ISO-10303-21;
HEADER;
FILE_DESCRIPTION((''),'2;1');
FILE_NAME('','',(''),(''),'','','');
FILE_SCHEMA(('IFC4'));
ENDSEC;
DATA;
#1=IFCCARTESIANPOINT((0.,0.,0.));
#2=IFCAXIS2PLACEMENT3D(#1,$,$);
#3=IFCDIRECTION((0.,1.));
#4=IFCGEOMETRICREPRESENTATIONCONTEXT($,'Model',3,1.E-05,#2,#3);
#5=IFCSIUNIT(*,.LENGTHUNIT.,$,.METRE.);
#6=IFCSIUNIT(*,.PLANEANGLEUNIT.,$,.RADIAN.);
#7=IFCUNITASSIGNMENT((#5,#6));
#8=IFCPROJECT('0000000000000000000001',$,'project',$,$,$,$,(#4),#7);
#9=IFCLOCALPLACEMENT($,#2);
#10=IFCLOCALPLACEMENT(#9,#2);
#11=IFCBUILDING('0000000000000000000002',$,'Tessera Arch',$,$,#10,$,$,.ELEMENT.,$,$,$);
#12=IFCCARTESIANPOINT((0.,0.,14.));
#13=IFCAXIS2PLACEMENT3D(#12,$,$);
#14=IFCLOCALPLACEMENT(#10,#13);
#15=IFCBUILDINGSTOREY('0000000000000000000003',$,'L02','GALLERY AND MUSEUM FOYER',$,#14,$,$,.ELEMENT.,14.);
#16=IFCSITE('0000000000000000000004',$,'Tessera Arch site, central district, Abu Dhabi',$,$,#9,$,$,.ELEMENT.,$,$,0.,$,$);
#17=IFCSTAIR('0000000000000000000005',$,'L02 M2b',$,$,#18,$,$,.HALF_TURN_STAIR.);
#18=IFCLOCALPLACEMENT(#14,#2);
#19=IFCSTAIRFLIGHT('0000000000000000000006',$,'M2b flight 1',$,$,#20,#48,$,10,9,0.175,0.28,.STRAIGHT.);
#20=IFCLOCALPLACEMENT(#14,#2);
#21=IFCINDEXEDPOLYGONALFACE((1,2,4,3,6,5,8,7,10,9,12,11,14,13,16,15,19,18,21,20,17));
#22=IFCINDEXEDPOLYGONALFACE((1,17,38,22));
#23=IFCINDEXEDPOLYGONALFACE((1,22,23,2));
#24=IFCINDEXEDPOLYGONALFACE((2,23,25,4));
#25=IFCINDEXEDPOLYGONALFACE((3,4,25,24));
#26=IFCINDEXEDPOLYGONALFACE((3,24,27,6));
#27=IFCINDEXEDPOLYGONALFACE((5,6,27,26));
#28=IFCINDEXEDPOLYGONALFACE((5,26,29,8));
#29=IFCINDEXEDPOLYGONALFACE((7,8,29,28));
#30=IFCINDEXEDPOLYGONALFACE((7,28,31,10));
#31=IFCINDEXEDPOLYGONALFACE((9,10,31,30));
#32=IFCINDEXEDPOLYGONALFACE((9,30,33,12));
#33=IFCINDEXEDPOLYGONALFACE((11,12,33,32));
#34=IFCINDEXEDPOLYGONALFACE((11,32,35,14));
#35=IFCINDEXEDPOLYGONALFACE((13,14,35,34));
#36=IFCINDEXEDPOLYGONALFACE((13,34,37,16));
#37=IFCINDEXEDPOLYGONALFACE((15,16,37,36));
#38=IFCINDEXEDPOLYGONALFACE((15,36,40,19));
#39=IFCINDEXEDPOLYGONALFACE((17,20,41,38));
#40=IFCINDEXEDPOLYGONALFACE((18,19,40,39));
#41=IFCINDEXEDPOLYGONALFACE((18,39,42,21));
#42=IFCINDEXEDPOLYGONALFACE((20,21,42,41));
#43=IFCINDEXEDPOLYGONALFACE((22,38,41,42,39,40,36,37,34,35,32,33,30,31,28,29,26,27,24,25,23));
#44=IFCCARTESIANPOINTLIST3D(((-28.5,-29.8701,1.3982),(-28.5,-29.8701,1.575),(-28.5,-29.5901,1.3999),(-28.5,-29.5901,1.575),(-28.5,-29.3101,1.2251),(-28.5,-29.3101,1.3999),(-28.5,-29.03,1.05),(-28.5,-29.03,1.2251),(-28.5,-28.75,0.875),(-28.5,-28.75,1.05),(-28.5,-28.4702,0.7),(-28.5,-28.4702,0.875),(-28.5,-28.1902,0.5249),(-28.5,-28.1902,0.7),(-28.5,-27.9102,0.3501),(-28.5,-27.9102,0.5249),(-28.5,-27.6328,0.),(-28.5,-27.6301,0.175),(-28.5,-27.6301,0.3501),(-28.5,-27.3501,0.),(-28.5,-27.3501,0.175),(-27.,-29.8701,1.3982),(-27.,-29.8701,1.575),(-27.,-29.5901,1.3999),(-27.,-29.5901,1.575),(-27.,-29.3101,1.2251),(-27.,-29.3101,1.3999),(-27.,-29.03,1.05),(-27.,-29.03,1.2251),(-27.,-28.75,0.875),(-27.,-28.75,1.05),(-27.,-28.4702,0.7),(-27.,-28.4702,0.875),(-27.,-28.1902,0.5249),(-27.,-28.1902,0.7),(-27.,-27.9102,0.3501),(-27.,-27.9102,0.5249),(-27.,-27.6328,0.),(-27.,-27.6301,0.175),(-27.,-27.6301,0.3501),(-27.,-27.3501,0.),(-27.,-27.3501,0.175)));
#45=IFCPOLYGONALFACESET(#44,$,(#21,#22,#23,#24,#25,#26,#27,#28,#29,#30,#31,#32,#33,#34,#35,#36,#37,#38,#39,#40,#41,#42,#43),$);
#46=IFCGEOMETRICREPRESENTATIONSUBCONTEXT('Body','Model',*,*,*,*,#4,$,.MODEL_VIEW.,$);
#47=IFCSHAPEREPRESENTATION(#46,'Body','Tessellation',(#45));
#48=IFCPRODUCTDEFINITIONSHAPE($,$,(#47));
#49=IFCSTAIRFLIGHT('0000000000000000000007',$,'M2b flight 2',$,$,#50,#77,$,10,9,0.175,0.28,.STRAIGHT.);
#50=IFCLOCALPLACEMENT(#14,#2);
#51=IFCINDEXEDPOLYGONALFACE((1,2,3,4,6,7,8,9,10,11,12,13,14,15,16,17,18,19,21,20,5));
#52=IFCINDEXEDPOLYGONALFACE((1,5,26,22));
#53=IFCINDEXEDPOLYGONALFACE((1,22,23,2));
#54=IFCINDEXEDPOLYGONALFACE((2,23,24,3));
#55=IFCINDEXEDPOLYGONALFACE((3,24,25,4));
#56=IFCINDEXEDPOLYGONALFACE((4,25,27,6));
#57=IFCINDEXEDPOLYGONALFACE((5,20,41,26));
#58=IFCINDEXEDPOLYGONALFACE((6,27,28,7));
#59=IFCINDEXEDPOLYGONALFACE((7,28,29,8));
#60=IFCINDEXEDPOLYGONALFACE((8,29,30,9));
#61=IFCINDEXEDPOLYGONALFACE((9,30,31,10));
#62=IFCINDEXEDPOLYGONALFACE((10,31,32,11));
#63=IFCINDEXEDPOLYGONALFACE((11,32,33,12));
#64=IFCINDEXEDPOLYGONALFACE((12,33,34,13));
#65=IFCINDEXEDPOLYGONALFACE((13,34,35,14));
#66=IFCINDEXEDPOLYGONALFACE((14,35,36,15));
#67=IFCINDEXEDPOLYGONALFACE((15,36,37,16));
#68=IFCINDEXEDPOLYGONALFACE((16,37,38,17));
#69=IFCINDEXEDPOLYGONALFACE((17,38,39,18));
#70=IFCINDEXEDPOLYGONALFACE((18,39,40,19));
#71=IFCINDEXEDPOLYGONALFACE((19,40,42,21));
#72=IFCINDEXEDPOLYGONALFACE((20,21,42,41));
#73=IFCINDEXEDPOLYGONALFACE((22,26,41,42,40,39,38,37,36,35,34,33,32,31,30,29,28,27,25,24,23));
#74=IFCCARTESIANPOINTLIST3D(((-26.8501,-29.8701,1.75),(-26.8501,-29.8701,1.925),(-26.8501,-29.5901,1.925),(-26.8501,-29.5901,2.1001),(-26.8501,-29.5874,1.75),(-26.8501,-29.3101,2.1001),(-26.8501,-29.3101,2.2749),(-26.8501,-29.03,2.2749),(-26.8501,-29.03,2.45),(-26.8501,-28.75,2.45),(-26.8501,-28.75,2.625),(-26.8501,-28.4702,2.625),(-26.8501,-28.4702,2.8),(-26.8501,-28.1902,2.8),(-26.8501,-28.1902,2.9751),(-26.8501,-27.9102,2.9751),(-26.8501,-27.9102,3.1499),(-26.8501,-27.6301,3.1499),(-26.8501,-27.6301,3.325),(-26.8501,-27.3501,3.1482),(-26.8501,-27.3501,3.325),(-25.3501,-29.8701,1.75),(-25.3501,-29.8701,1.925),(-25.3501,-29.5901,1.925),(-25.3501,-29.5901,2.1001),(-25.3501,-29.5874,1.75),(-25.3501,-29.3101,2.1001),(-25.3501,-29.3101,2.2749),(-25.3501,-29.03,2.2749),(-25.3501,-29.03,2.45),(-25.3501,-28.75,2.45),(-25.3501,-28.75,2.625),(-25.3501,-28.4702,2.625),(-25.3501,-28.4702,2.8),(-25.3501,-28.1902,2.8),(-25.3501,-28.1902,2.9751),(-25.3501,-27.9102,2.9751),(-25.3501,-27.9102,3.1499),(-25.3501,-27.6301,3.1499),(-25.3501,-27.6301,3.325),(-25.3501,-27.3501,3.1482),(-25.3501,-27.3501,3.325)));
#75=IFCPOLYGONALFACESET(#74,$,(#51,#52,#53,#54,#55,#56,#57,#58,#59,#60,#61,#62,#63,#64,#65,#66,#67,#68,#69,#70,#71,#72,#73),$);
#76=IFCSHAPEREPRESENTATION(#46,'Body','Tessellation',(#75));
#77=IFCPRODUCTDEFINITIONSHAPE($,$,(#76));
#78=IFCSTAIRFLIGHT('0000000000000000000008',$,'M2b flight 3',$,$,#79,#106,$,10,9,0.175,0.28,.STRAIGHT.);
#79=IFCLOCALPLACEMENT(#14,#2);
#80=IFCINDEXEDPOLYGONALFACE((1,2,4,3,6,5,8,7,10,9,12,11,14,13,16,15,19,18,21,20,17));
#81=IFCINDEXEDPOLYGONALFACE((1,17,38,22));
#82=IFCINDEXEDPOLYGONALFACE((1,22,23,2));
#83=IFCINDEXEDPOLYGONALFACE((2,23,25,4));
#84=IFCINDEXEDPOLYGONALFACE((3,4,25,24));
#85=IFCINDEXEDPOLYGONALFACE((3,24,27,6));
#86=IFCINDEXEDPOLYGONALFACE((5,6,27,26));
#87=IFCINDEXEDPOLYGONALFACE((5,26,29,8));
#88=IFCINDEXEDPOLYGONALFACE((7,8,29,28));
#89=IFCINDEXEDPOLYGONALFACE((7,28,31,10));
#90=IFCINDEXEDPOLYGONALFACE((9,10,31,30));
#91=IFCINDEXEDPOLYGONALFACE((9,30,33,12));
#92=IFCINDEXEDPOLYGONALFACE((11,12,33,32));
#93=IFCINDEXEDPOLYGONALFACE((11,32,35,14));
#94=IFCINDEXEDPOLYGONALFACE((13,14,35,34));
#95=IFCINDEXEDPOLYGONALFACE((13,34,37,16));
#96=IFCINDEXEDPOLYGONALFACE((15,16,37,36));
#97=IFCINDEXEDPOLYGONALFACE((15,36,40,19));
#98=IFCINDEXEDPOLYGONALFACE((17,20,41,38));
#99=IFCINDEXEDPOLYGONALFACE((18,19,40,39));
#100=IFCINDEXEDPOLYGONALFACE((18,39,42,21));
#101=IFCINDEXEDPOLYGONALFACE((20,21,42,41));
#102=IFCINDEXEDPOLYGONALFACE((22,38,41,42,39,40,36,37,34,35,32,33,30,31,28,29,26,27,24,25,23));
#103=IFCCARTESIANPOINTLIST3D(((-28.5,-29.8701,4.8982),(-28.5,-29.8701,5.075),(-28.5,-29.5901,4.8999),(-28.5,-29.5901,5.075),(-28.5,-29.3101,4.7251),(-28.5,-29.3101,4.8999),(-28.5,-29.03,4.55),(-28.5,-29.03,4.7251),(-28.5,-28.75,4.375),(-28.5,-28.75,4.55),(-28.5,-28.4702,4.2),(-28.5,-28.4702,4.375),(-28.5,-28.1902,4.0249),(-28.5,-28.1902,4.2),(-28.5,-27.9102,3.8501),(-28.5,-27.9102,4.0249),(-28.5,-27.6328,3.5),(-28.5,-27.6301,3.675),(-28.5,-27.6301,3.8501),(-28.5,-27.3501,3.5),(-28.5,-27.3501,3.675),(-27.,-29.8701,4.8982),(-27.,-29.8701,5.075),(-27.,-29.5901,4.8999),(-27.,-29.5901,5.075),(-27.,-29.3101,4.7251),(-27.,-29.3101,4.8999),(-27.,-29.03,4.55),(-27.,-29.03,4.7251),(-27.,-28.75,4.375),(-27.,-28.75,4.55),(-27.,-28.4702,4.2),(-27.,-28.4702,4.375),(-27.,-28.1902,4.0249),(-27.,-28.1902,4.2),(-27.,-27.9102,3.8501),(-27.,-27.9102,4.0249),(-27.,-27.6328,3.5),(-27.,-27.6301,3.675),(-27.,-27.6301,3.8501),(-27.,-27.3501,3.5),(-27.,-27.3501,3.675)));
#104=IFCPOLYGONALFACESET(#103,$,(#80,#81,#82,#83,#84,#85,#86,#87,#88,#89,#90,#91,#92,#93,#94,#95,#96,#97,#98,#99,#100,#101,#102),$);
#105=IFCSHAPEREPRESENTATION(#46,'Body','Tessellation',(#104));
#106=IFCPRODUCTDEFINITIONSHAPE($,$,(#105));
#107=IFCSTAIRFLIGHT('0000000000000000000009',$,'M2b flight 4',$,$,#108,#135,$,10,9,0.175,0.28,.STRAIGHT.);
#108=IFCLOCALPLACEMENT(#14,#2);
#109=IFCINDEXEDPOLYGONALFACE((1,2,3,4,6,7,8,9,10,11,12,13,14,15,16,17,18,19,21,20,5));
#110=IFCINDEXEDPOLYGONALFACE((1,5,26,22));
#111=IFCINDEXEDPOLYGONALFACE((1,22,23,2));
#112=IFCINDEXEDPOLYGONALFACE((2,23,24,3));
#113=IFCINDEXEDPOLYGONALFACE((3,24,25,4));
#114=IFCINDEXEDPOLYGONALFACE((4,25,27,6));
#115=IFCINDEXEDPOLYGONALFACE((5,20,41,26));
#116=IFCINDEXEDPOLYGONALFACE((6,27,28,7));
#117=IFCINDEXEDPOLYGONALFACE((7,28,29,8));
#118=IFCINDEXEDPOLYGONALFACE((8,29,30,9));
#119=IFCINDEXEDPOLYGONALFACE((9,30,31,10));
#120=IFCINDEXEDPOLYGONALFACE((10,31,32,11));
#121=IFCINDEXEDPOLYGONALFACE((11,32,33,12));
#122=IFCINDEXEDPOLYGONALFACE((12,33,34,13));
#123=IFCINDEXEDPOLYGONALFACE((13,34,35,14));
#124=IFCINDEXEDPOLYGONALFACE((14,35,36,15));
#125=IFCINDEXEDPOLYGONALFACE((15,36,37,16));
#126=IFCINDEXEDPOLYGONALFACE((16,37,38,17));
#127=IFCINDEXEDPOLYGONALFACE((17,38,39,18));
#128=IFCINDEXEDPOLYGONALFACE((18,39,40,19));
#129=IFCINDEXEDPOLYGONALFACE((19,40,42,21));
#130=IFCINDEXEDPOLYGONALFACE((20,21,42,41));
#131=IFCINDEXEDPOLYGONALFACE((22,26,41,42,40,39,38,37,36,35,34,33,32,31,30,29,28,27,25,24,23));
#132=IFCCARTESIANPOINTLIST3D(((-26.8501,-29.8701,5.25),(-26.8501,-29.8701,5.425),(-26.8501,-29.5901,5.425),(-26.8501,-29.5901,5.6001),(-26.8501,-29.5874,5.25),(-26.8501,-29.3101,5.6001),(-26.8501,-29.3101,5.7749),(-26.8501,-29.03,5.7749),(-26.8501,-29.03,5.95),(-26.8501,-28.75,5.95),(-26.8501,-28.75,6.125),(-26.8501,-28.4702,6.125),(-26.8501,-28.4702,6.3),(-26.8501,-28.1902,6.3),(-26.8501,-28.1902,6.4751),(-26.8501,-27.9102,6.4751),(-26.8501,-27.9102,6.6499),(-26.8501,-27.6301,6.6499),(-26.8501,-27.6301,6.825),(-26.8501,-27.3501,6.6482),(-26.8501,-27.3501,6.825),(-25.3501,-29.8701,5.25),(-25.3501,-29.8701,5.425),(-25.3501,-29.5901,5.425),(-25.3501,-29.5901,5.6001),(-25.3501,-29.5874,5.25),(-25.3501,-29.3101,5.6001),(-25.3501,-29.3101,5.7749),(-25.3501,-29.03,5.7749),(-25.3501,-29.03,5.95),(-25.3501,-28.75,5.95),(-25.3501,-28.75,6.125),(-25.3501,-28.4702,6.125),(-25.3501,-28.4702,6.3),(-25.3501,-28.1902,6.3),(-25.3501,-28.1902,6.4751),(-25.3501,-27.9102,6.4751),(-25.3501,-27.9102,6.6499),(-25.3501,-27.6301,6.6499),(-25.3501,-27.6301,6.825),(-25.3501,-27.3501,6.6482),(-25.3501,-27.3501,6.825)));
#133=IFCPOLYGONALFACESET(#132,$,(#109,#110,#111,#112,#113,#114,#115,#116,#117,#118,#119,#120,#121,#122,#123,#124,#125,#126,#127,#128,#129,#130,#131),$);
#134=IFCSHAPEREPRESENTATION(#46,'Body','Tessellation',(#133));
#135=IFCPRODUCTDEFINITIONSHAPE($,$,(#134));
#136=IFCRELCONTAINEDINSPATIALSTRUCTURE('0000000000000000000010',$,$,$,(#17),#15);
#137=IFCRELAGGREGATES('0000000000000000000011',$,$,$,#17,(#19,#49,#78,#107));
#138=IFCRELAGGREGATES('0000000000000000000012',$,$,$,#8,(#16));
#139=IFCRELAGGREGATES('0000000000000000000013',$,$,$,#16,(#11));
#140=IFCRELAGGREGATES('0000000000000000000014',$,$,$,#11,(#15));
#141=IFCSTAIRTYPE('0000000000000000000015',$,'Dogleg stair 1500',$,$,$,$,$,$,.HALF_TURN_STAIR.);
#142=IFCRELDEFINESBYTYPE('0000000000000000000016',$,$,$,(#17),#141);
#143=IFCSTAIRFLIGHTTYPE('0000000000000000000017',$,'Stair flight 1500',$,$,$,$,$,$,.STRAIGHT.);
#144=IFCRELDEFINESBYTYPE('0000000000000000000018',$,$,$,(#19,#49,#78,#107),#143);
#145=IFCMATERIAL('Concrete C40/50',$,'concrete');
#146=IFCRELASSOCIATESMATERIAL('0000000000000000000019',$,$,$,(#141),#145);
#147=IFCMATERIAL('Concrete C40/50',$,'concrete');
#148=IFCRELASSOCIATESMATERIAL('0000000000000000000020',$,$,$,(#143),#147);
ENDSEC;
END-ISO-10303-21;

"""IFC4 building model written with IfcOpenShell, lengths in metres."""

from ifc_helpers import new_model, si_unit, direction, frame, origin, place, context, subcontext, project, spatial, polyline, outline, extrude, material, type_object, element, aggregate, save


model = new_model("IFC4")

# Units and contexts
model_context = context("Model", 3, precision=1e-05, world=origin(), true_north=direction((0.0, 1.0)))
body_context = subcontext(model_context, "Body", "Model", "MODEL_VIEW")
ifc_project = project(units=[si_unit("LENGTHUNIT", "METRE"), si_unit("PLANEANGLEUNIT", "RADIAN")], contexts=[model_context])

# Site, building, storey
site_placement = place(None, origin())
site = spatial("IfcSite", under=ifc_project, at=site_placement, Name="Tessera Arch site, central district, Abu Dhabi", CompositionType="ELEMENT", RefElevation=0.0)
building_placement = place(site_placement, origin())
building = spatial("IfcBuilding", under=site, at=building_placement, Name="Tessera Arch", CompositionType="ELEMENT")
storey_placement = place(building_placement, frame((0.0, 0.0, 14.0)))
storey = spatial("IfcBuildingStorey", under=building, at=storey_placement, Name="L02", Description="GALLERY AND MUSEUM FOYER", CompositionType="ELEMENT", Elevation=14.0)

# Stair, stair flights
ifc_material_1 = material(Name="Concrete C40/50", Category="concrete")
stair_type = type_object("IfcStairType", Name="Dogleg stair 1500", PredefinedType="HALF_TURN_STAIR", material=ifc_material_1)
ifc_material_2 = material(Name="Concrete C40/50", Category="concrete")
stair_flight_type = type_object("IfcStairFlightType", Name="Stair flight 1500", PredefinedType="STRAIGHT", material=ifc_material_2)
stair_1_placement = place(storey_placement, origin())
stair_1 = element("IfcStair", 1, at=stair_1_placement, inside=storey, type_object=stair_type, Name="L02 M2b", PredefinedType="HALF_TURN_STAIR")
stair_flight_1_placement = place(storey_placement, frame((-27.75, -27.3501, 0.0), z_axis=(0.0, 0.0, 1.0), x_axis=(0.0, -1.0, 0.0)))
stair_flight_1 = element("IfcStairFlight", 2, at=stair_flight_1_placement, type_object=stair_flight_type, Name="M2b flight 1", NumberOfRisers=10, NumberOfTreads=9, PredefinedType="STRAIGHT", RiserHeight=0.175, TreadLength=0.28, context=body_context, shape_type="SweptSolid", body=[
    extrude(outline(polyline([(0.0, 0.0), (0.0, 0.175), (0.28, 0.175), (0.28, 0.3501), (0.5601, 0.3501), (0.5601, 0.5249), (0.8401, 0.5249), (0.8401, 0.7), (1.1201, 0.7), (1.1201, 0.875), (1.3999, 0.875), (1.3999, 1.05), (1.6799, 1.05), (1.6799, 1.2251), (1.96, 1.2251), (1.96, 1.3999), (2.24, 1.3999), (2.24, 1.575), (2.52, 1.575), (2.52, 1.75), (2.52, 1.3982), (0.2827, 0.0), (0.0, 0.0)])), frame((0.0, 0.75, 0.0), z_axis=(0.0, -1.0, 0.0), x_axis=(1.0, 0.0, 0.0)), (0.0, 0.0, 1.0), 1.5),
])
stair_flight_2_placement = place(storey_placement, frame((-26.1001, -29.8701, 1.75), z_axis=(0.0, 0.0, 1.0), x_axis=(0.0, 1.0, 0.0)))
stair_flight_2 = element("IfcStairFlight", 3, at=stair_flight_2_placement, type_object=stair_flight_type, Name="M2b flight 2", NumberOfRisers=10, NumberOfTreads=9, PredefinedType="STRAIGHT", RiserHeight=0.175, TreadLength=0.28, context=body_context, shape_type="SweptSolid", body=[
    extrude(outline(polyline([(0.0, 0.0), (0.0, 0.175), (0.28, 0.175), (0.28, 0.3501), (0.5601, 0.3501), (0.5601, 0.5249), (0.8401, 0.5249), (0.8401, 0.7), (1.1201, 0.7), (1.1201, 0.875), (1.3999, 0.875), (1.3999, 1.05), (1.6799, 1.05), (1.6799, 1.2251), (1.96, 1.2251), (1.96, 1.3999), (2.24, 1.3999), (2.24, 1.575), (2.52, 1.575), (2.52, 1.75), (2.52, 1.3982), (0.2827, 0.0), (0.0, 0.0)])), frame((0.0, 0.75, 0.0), z_axis=(0.0, -1.0, 0.0), x_axis=(1.0, 0.0, 0.0)), (0.0, 0.0, 1.0), 1.5),
])
stair_flight_3_placement = place(storey_placement, frame((-27.75, -27.3501, 3.5), z_axis=(0.0, 0.0, 1.0), x_axis=(0.0, -1.0, 0.0)))
stair_flight_3 = element("IfcStairFlight", 4, at=stair_flight_3_placement, type_object=stair_flight_type, Name="M2b flight 3", NumberOfRisers=10, NumberOfTreads=9, PredefinedType="STRAIGHT", RiserHeight=0.175, TreadLength=0.28, context=body_context, shape_type="SweptSolid", body=[
    extrude(outline(polyline([(0.0, 0.0), (0.0, 0.175), (0.28, 0.175), (0.28, 0.3501), (0.5601, 0.3501), (0.5601, 0.5249), (0.8401, 0.5249), (0.8401, 0.7), (1.1201, 0.7), (1.1201, 0.875), (1.3999, 0.875), (1.3999, 1.05), (1.6799, 1.05), (1.6799, 1.2251), (1.96, 1.2251), (1.96, 1.3999), (2.24, 1.3999), (2.24, 1.575), (2.52, 1.575), (2.52, 1.75), (2.52, 1.3982), (0.2827, 0.0), (0.0, 0.0)])), frame((0.0, 0.75, 0.0), z_axis=(0.0, -1.0, 0.0), x_axis=(1.0, 0.0, 0.0)), (0.0, 0.0, 1.0), 1.5),
])
stair_flight_4_placement = place(storey_placement, frame((-26.1001, -29.8701, 5.25), z_axis=(0.0, 0.0, 1.0), x_axis=(0.0, 1.0, 0.0)))
stair_flight_4 = element("IfcStairFlight", 5, at=stair_flight_4_placement, type_object=stair_flight_type, Name="M2b flight 4", NumberOfRisers=10, NumberOfTreads=9, PredefinedType="STRAIGHT", RiserHeight=0.175, TreadLength=0.28, context=body_context, shape_type="SweptSolid", body=[
    extrude(outline(polyline([(0.0, 0.0), (0.0, 0.175), (0.28, 0.175), (0.28, 0.3501), (0.5601, 0.3501), (0.5601, 0.5249), (0.8401, 0.5249), (0.8401, 0.7), (1.1201, 0.7), (1.1201, 0.875), (1.3999, 0.875), (1.3999, 1.05), (1.6799, 1.05), (1.6799, 1.2251), (1.96, 1.2251), (1.96, 1.3999), (2.24, 1.3999), (2.24, 1.575), (2.52, 1.575), (2.52, 1.75), (2.52, 1.3982), (0.2827, 0.0), (0.0, 0.0)])), frame((0.0, 0.75, 0.0), z_axis=(0.0, -1.0, 0.0), x_axis=(1.0, 0.0, 0.0)), (0.0, 0.0, 1.0), 1.5),
])
aggregate(stair_1, [stair_flight_1, stair_flight_2, stair_flight_3, stair_flight_4])

save(model, "model.ifc")
